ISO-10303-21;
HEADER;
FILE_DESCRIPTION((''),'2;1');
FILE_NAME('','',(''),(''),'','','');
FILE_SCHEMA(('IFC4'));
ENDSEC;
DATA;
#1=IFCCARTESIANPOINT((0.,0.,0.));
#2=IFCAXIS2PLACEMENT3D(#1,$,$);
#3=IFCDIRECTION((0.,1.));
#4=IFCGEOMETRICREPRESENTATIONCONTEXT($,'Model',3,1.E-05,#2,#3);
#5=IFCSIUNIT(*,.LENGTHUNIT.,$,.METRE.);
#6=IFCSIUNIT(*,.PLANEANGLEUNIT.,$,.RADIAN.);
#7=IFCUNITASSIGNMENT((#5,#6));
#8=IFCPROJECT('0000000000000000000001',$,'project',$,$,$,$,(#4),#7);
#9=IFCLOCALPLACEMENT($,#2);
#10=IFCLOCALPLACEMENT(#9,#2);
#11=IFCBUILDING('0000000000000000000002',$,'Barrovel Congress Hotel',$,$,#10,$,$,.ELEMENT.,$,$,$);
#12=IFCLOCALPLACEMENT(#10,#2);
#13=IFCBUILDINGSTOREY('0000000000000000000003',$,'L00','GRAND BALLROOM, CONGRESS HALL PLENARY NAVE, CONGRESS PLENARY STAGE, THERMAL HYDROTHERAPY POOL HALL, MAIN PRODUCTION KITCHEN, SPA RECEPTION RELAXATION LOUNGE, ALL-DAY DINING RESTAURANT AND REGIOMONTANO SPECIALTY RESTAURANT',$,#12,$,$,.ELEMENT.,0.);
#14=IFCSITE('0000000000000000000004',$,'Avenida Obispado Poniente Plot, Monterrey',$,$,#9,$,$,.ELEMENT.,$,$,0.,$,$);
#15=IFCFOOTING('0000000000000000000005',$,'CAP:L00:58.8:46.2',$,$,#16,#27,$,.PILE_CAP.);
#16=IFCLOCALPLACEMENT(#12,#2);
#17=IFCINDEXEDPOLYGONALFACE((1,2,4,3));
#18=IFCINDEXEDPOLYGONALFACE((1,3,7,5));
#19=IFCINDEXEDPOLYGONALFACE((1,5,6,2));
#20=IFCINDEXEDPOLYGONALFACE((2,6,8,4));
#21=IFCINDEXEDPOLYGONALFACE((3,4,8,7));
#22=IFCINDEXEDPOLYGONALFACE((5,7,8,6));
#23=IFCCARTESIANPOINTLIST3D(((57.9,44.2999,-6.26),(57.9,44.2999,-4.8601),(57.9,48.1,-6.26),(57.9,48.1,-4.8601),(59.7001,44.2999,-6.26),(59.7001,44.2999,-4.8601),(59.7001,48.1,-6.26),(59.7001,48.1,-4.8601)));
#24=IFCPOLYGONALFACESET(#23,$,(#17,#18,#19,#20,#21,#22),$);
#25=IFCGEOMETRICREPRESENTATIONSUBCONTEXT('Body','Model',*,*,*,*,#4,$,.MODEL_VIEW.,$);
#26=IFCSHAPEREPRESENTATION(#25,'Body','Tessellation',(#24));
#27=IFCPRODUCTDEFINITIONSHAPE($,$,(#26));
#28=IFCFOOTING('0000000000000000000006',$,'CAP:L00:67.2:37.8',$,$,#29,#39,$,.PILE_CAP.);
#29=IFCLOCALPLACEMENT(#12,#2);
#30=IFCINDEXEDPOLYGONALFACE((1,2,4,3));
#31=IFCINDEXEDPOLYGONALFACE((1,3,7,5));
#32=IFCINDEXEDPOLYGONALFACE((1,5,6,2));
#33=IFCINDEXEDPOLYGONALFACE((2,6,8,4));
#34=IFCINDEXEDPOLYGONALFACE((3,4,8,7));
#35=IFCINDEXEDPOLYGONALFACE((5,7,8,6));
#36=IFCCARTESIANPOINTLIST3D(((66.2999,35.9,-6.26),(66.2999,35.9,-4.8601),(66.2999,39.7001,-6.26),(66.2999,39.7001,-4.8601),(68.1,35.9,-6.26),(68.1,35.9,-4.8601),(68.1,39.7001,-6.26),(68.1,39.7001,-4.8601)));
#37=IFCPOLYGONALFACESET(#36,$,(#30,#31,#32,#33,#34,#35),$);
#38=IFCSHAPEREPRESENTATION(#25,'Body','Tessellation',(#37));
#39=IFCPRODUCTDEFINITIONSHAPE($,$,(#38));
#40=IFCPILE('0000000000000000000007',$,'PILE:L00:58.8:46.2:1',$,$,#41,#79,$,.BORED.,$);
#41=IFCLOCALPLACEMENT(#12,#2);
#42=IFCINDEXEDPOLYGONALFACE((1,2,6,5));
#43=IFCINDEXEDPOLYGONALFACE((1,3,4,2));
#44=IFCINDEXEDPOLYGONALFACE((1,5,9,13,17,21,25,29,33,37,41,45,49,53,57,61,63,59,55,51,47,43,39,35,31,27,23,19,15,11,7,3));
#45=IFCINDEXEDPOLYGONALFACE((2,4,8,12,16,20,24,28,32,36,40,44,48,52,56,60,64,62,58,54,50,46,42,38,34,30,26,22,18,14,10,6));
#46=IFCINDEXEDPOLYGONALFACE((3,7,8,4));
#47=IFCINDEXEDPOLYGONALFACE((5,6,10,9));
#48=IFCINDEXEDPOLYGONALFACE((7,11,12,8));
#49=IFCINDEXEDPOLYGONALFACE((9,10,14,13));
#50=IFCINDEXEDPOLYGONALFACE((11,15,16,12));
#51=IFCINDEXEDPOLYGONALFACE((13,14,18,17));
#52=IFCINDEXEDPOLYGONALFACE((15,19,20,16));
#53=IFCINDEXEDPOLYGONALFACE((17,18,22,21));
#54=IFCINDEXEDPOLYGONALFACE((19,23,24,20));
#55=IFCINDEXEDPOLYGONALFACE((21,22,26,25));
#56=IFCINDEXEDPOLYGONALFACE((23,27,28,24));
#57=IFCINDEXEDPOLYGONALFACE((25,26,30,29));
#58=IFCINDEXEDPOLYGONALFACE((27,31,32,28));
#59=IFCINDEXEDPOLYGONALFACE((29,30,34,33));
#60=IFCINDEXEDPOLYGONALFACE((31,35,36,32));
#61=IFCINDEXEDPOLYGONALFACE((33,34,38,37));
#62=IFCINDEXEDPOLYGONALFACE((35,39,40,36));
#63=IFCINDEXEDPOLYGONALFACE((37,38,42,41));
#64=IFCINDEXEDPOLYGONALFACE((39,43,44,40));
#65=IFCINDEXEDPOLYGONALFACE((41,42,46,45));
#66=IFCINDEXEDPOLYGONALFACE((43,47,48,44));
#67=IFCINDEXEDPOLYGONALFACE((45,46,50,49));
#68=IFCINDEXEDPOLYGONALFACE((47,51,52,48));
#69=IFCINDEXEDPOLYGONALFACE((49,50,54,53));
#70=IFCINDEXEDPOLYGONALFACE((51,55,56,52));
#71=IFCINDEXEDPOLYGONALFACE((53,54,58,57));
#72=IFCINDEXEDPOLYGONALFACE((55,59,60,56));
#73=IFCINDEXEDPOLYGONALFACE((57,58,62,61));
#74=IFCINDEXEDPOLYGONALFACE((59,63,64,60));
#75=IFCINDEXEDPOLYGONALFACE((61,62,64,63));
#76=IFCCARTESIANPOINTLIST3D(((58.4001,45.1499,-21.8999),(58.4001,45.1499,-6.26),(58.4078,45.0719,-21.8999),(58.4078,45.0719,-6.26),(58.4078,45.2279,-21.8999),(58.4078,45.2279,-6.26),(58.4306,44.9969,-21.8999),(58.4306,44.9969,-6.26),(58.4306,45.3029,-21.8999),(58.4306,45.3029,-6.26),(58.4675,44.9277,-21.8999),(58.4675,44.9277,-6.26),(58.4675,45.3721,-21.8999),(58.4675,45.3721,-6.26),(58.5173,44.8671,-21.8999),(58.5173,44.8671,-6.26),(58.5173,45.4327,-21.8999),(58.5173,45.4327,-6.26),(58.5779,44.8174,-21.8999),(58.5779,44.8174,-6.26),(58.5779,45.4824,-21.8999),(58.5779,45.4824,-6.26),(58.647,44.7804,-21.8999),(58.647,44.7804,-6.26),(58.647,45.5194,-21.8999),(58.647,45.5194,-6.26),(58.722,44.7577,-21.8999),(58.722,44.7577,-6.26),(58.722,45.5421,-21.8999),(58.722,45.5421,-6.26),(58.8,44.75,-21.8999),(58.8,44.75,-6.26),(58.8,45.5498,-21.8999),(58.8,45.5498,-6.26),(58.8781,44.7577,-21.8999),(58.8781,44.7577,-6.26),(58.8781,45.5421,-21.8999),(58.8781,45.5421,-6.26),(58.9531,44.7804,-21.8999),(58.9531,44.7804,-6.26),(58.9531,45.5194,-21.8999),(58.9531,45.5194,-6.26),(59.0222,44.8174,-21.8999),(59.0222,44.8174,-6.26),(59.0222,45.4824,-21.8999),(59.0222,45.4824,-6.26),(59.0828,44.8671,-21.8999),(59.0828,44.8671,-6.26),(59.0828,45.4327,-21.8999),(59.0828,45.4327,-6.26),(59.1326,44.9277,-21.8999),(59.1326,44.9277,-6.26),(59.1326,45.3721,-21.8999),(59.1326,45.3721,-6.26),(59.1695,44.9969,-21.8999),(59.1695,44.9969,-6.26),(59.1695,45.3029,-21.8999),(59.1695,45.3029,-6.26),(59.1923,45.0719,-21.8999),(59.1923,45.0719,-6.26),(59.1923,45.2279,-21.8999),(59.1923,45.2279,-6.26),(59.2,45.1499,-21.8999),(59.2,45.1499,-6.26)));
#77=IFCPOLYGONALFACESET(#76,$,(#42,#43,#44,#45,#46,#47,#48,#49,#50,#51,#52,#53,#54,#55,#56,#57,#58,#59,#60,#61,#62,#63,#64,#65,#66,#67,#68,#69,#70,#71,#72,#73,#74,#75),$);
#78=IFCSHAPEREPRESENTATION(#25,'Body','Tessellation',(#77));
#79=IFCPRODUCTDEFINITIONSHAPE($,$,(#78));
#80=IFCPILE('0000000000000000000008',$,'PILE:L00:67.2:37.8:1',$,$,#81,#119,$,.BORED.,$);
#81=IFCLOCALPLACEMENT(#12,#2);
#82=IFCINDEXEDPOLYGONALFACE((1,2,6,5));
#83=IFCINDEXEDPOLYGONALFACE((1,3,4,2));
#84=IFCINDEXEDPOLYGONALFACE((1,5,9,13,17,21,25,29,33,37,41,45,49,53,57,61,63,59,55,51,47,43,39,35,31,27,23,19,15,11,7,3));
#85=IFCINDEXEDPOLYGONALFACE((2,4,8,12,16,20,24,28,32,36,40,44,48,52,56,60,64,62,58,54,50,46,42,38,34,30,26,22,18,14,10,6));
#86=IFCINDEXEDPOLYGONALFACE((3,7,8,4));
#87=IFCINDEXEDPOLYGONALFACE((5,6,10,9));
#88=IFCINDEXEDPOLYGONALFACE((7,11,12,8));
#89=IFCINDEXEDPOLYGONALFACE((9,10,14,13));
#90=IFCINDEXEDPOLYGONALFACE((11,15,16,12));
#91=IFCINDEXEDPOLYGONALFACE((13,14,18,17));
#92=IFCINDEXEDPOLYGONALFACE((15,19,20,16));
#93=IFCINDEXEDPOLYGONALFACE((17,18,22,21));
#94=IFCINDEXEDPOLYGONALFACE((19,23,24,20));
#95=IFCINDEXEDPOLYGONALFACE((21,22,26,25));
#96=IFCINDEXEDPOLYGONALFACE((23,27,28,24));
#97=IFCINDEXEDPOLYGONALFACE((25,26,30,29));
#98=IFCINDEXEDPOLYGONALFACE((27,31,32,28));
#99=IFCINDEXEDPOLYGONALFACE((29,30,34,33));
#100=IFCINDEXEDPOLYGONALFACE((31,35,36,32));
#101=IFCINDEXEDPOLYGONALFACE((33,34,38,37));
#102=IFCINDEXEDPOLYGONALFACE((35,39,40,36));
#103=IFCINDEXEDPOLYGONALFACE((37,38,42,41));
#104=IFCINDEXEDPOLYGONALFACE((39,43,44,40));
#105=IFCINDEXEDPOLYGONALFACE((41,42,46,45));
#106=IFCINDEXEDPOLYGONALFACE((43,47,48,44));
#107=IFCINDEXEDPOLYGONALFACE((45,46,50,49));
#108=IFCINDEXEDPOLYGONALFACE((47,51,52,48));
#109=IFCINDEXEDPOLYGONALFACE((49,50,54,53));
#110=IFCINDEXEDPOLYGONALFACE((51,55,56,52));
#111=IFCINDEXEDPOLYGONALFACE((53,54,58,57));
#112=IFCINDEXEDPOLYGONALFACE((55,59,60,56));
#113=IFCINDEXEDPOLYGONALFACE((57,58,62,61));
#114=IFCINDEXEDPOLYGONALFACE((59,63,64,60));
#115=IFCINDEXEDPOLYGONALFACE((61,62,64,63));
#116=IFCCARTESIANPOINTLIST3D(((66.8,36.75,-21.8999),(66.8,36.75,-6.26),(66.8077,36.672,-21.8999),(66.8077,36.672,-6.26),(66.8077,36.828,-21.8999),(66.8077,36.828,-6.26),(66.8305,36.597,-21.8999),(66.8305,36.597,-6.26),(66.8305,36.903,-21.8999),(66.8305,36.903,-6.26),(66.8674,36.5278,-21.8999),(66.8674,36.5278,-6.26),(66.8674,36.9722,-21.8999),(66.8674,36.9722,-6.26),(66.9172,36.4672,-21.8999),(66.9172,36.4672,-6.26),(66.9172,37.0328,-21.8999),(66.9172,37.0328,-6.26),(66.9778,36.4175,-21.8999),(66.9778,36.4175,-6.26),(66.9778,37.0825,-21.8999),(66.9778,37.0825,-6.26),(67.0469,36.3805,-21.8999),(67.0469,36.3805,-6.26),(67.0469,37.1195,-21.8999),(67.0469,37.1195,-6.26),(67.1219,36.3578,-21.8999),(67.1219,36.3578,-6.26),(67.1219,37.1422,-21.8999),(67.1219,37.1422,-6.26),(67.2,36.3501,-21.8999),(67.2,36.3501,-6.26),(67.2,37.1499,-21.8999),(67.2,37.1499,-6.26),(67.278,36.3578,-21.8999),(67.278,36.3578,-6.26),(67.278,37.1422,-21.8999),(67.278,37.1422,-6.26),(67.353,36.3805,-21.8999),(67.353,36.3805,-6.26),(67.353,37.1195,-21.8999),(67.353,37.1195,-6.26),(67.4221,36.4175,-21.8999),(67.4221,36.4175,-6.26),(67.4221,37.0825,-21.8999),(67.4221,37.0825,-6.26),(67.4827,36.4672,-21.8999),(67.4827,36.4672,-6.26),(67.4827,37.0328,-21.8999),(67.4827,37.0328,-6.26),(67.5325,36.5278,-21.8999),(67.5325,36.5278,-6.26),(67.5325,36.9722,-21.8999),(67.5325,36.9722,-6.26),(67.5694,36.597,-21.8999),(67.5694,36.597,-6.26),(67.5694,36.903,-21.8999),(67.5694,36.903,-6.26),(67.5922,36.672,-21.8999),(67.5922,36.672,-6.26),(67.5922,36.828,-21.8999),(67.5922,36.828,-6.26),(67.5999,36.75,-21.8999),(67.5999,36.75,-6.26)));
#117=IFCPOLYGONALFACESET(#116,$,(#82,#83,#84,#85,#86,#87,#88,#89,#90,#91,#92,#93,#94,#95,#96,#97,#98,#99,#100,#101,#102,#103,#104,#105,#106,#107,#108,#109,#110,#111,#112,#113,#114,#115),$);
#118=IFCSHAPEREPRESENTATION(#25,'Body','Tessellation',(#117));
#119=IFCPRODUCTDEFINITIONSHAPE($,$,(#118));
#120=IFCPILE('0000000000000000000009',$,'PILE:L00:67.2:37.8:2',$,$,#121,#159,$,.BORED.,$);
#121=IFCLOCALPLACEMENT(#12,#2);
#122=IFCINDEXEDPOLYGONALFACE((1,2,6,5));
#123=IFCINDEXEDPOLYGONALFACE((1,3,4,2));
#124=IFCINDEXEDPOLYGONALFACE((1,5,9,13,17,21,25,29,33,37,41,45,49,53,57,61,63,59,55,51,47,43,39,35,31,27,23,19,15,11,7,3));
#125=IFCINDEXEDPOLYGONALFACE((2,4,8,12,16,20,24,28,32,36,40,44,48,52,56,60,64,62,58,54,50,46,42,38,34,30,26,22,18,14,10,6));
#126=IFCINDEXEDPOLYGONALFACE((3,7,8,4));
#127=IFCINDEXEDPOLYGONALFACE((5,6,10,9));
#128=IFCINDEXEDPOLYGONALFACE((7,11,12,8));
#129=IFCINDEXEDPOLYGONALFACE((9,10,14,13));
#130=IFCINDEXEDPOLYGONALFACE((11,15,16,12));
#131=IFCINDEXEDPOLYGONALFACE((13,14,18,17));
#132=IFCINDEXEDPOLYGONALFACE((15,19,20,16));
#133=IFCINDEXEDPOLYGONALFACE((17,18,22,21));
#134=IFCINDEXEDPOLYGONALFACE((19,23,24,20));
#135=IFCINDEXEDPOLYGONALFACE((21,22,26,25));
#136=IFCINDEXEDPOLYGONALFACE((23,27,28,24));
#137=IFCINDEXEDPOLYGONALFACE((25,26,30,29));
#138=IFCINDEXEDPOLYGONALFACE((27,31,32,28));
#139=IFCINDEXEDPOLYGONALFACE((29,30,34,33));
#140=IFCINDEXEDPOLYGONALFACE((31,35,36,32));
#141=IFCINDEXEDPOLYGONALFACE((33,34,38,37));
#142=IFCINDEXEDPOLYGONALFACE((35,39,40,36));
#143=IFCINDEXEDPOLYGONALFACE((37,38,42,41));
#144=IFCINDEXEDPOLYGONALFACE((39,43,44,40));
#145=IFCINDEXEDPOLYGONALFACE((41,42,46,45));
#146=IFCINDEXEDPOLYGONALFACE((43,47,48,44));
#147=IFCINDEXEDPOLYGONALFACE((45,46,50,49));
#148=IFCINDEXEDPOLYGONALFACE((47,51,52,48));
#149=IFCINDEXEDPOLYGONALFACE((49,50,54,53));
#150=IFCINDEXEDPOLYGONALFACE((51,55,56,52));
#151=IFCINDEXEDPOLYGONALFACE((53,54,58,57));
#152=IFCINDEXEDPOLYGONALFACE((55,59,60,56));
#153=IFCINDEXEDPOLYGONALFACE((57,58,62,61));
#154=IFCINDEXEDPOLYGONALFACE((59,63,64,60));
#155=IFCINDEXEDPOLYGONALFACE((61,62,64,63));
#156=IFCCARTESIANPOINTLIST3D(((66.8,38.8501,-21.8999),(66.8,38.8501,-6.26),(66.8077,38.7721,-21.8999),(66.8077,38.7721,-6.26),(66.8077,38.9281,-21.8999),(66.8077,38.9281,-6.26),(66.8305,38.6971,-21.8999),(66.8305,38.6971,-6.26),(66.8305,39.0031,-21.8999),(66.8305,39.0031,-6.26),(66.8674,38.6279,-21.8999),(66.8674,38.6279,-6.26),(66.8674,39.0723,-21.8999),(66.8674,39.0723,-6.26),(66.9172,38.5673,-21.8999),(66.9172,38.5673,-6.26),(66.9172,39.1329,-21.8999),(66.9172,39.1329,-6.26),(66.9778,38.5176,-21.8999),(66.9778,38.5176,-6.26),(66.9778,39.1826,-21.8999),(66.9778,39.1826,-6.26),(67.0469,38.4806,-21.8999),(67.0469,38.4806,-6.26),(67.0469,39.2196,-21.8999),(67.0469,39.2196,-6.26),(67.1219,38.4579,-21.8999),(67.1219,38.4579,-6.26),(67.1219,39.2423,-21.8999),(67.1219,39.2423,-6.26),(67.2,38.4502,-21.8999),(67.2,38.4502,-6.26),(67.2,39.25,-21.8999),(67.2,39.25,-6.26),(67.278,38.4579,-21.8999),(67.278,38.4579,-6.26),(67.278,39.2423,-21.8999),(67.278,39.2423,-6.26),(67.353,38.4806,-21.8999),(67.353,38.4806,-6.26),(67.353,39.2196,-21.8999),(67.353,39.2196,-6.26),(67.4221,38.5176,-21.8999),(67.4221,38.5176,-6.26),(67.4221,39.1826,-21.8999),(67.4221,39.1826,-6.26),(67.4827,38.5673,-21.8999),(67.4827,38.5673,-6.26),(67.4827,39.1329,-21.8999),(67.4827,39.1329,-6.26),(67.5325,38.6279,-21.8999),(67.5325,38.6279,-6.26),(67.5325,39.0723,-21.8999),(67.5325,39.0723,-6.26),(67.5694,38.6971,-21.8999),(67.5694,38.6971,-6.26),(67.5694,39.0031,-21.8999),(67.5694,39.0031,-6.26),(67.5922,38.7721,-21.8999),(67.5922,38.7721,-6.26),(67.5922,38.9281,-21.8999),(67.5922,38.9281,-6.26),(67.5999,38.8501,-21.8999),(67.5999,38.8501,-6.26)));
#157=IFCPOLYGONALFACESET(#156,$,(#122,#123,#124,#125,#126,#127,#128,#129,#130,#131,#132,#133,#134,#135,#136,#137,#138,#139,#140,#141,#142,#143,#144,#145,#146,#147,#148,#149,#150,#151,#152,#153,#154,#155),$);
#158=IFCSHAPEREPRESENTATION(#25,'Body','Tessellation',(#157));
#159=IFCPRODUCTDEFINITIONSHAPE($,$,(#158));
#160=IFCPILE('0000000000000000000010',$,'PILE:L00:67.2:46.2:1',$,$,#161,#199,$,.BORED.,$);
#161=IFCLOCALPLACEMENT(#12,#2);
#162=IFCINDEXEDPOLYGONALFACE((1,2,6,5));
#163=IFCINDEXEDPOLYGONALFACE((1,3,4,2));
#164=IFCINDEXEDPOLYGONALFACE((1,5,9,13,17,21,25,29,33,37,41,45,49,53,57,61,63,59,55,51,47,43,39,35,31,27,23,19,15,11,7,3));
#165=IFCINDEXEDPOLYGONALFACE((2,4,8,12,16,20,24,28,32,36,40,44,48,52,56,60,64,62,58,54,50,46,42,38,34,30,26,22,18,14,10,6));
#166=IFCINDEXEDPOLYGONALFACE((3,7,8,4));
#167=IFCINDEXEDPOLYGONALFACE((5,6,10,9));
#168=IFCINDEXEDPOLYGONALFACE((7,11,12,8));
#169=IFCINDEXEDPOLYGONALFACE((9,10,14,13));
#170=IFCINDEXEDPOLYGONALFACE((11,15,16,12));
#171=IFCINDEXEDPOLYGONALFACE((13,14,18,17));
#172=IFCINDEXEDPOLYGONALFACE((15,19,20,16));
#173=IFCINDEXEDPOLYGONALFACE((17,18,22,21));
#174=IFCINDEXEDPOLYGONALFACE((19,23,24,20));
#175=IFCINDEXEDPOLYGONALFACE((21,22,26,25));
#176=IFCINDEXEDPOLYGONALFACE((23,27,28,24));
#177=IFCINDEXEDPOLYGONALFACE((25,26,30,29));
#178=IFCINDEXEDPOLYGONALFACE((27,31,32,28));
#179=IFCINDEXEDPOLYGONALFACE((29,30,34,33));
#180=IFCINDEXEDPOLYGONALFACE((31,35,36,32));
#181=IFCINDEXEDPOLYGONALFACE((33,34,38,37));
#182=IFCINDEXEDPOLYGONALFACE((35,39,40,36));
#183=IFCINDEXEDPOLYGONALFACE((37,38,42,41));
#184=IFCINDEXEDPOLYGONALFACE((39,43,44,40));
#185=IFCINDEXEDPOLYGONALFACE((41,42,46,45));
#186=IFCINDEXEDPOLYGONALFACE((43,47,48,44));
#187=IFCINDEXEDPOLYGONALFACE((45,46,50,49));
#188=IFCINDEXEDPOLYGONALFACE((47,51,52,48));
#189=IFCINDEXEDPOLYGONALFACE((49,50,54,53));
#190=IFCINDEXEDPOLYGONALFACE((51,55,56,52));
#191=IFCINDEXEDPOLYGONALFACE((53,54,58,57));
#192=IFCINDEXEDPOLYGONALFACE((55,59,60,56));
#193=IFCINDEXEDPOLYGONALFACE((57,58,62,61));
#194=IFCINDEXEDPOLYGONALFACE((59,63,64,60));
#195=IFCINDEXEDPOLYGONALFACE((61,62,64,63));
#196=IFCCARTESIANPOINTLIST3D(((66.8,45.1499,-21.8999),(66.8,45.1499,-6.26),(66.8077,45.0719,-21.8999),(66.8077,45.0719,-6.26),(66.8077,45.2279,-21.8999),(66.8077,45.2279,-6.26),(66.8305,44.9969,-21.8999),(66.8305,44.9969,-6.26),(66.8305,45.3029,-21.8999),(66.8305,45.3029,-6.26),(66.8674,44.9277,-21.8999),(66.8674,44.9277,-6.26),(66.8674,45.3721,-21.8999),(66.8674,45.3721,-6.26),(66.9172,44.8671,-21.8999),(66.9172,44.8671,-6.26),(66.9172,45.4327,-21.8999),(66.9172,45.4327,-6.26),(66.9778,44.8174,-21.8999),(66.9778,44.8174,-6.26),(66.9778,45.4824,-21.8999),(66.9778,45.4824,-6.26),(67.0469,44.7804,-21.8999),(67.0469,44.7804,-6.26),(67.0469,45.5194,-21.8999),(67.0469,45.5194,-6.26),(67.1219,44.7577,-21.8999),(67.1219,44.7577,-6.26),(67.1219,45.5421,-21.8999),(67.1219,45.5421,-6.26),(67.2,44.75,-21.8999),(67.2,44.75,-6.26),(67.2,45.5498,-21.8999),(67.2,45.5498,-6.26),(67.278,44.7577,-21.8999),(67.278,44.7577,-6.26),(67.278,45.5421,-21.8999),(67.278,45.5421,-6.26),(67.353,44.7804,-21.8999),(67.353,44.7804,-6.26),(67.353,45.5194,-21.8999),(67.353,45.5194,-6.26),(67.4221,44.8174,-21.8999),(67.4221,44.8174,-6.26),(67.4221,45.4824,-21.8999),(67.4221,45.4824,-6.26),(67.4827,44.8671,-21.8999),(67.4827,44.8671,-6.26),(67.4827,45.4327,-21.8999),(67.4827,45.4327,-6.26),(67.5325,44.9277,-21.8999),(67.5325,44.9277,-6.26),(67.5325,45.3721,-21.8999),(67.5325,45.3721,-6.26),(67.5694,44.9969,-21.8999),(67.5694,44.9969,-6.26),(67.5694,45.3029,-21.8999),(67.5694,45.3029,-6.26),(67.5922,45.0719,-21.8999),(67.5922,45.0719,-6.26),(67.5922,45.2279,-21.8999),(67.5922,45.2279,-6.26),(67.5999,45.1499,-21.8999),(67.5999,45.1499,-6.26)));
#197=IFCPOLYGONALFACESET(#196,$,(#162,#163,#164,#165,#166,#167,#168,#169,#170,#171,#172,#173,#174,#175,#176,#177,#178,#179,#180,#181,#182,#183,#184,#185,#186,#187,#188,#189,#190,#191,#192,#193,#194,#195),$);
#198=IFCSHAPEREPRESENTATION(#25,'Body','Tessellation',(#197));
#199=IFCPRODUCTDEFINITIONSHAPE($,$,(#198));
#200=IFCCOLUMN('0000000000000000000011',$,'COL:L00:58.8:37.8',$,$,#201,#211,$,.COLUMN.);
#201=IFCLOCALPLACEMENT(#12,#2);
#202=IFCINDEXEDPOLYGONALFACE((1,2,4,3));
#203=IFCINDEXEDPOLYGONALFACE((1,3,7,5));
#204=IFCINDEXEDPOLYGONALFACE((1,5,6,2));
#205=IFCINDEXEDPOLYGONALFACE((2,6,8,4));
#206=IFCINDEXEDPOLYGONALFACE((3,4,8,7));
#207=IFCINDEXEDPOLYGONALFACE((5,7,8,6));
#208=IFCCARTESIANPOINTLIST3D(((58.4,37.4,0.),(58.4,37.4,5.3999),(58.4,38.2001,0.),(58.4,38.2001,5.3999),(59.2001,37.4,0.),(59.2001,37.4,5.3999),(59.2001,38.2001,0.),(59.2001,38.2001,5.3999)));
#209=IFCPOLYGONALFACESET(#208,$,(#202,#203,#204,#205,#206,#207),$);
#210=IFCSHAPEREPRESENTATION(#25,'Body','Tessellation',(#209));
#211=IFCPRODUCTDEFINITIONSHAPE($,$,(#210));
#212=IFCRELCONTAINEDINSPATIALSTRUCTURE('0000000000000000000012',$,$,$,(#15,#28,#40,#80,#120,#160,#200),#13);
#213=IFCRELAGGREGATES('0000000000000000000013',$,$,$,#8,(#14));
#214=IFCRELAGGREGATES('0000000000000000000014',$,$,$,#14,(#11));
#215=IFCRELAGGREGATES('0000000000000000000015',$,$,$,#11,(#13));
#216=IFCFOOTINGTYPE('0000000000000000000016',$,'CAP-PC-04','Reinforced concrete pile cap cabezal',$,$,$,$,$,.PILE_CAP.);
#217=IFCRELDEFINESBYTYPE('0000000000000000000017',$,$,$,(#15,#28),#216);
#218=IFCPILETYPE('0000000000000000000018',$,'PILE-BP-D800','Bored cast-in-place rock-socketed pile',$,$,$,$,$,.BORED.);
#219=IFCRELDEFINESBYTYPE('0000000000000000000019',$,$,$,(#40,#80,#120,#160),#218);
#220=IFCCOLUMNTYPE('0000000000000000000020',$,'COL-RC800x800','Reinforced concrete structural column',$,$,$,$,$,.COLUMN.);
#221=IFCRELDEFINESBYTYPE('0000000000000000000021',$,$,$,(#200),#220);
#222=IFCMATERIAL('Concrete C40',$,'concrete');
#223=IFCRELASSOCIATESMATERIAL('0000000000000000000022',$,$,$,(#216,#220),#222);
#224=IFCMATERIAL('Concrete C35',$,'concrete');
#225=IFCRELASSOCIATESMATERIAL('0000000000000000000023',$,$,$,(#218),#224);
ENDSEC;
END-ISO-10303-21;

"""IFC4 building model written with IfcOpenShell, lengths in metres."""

from ifc_helpers import new_model, si_unit, direction, frame, origin, origin_2d, place, context, subcontext, project, spatial, rectangle, circle, extrude, material, material_profile, profile_set, type_object, element, save


model = new_model("IFC4")

# Units and contexts
model_context = context("Model", 3, precision=1e-05, world=origin(), true_north=direction((0.0, 1.0)))
body_context = subcontext(model_context, "Body", "Model", "MODEL_VIEW")
ifc_project = project(units=[si_unit("LENGTHUNIT", "METRE"), si_unit("PLANEANGLEUNIT", "RADIAN")], contexts=[model_context])

# Site, building, storey
site_placement = place(None, origin())
site = spatial("IfcSite", under=ifc_project, at=site_placement, Name="Avenida Obispado Poniente Plot, Monterrey", CompositionType="ELEMENT", RefElevation=0.0)
building_placement = place(site_placement, origin())
building = spatial("IfcBuilding", under=site, at=building_placement, Name="Barrovel Congress Hotel", CompositionType="ELEMENT")
storey_placement = place(building_placement, origin())
storey = spatial("IfcBuildingStorey", under=building, at=storey_placement, Name="L00", Description="GRAND BALLROOM, CONGRESS HALL PLENARY NAVE, CONGRESS PLENARY STAGE, THERMAL HYDROTHERAPY POOL HALL, MAIN PRODUCTION KITCHEN, SPA RECEPTION RELAXATION LOUNGE, ALL-DAY DINING RESTAURANT AND REGIOMONTANO SPECIALTY RESTAURANT", CompositionType="ELEMENT", Elevation=0.0)

# Footings
ifc_material_1 = material(Name="Concrete C40", Category="concrete")
footing_type = type_object("IfcFootingType", Name="CAP-PC-04", Description="Reinforced concrete pile cap cabezal", PredefinedType="PILE_CAP", material=ifc_material_1)
for number, where, z_axis, x_axis, name in (
    (1, (58.8, 46.2, -6.26), (0.0, 0.0, 1.0), (1.0, 0.0, 0.0), "CAP:L00:58.8:46.2"),
    (2, (67.2, 37.8, -6.26), (0.0, 0.0, 1.0), (1.0, 0.0, 0.0), "CAP:L00:67.2:37.8"),
):
    element("IfcFooting", number, at=place(storey_placement, frame(where, z_axis=z_axis, x_axis=x_axis)), inside=storey, type_object=footing_type, Name=name, PredefinedType="PILE_CAP", context=body_context, shape_type="SweptSolid", body=[
        extrude(rectangle(XDim=1.8, YDim=3.8, at=origin_2d()), origin(), (0.0, 0.0, 1.0), 1.3999),
    ])

# Piles
ifc_material_2 = material(Name="Concrete C35", Category="concrete")
ifc_material_profile_1 = material_profile(ifc_material_2, circle(Radius=0.3999, at=origin_2d()), Name="BP-D800")
ifc_profile_set_1 = profile_set([ifc_material_profile_1], Name="Concrete C35")
pile_type = type_object("IfcPileType", Name="PILE-BP-D800", Description="Bored cast-in-place rock-socketed pile", PredefinedType="BORED", material=ifc_profile_set_1)
for number, where, z_axis, x_axis, name in (
    (3, (58.8, 45.1499, -6.26), (0.0, 0.0, -1.0), (1.0, 0.0, 0.0), "PILE:L00:58.8:46.2:1"),
    (4, (67.2, 36.75, -6.26), (0.0, 0.0, -1.0), (1.0, 0.0, 0.0), "PILE:L00:67.2:37.8:1"),
    (5, (67.2, 38.8501, -6.26), (0.0, 0.0, -1.0), (1.0, 0.0, 0.0), "PILE:L00:67.2:37.8:2"),
    (6, (67.2, 45.1499, -6.26), (0.0, 0.0, -1.0), (1.0, 0.0, 0.0), "PILE:L00:67.2:46.2:1"),
):
    element("IfcPile", number, at=place(storey_placement, frame(where, z_axis=z_axis, x_axis=x_axis)), inside=storey, type_object=pile_type, Name=name, PredefinedType="BORED", context=body_context, shape_type="SweptSolid", body=[
        extrude(circle(Radius=0.3999, at=origin_2d()), origin(), (0.0, 0.0, 1.0), 15.6399),
    ])

# Column
ifc_material_profile_2 = material_profile(ifc_material_1, rectangle(XDim=0.8, YDim=0.8, at=origin_2d()), Name="RC800x800")
ifc_profile_set_2 = profile_set([ifc_material_profile_2], Name="Concrete C40")
column_type_1 = type_object("IfcColumnType", Name="COL-RC800x800", Description="Reinforced concrete structural column", PredefinedType="COLUMN", material=ifc_profile_set_2)
column_1_placement = place(storey_placement, frame((58.8, 37.8, 0.0), z_axis=(0.0, 0.0, 1.0), x_axis=(1.0, 0.0, 0.0)))
element("IfcColumn", 7, at=column_1_placement, inside=storey, type_object=column_type_1, Name="COL:L00:58.8:37.8", PredefinedType="COLUMN", context=body_context, shape_type="SweptSolid", body=[
    extrude(rectangle(XDim=0.8, YDim=0.8, at=origin_2d()), origin(), (0.0, 0.0, 1.0), 5.3999),
])

save(model, "model.ifc")
